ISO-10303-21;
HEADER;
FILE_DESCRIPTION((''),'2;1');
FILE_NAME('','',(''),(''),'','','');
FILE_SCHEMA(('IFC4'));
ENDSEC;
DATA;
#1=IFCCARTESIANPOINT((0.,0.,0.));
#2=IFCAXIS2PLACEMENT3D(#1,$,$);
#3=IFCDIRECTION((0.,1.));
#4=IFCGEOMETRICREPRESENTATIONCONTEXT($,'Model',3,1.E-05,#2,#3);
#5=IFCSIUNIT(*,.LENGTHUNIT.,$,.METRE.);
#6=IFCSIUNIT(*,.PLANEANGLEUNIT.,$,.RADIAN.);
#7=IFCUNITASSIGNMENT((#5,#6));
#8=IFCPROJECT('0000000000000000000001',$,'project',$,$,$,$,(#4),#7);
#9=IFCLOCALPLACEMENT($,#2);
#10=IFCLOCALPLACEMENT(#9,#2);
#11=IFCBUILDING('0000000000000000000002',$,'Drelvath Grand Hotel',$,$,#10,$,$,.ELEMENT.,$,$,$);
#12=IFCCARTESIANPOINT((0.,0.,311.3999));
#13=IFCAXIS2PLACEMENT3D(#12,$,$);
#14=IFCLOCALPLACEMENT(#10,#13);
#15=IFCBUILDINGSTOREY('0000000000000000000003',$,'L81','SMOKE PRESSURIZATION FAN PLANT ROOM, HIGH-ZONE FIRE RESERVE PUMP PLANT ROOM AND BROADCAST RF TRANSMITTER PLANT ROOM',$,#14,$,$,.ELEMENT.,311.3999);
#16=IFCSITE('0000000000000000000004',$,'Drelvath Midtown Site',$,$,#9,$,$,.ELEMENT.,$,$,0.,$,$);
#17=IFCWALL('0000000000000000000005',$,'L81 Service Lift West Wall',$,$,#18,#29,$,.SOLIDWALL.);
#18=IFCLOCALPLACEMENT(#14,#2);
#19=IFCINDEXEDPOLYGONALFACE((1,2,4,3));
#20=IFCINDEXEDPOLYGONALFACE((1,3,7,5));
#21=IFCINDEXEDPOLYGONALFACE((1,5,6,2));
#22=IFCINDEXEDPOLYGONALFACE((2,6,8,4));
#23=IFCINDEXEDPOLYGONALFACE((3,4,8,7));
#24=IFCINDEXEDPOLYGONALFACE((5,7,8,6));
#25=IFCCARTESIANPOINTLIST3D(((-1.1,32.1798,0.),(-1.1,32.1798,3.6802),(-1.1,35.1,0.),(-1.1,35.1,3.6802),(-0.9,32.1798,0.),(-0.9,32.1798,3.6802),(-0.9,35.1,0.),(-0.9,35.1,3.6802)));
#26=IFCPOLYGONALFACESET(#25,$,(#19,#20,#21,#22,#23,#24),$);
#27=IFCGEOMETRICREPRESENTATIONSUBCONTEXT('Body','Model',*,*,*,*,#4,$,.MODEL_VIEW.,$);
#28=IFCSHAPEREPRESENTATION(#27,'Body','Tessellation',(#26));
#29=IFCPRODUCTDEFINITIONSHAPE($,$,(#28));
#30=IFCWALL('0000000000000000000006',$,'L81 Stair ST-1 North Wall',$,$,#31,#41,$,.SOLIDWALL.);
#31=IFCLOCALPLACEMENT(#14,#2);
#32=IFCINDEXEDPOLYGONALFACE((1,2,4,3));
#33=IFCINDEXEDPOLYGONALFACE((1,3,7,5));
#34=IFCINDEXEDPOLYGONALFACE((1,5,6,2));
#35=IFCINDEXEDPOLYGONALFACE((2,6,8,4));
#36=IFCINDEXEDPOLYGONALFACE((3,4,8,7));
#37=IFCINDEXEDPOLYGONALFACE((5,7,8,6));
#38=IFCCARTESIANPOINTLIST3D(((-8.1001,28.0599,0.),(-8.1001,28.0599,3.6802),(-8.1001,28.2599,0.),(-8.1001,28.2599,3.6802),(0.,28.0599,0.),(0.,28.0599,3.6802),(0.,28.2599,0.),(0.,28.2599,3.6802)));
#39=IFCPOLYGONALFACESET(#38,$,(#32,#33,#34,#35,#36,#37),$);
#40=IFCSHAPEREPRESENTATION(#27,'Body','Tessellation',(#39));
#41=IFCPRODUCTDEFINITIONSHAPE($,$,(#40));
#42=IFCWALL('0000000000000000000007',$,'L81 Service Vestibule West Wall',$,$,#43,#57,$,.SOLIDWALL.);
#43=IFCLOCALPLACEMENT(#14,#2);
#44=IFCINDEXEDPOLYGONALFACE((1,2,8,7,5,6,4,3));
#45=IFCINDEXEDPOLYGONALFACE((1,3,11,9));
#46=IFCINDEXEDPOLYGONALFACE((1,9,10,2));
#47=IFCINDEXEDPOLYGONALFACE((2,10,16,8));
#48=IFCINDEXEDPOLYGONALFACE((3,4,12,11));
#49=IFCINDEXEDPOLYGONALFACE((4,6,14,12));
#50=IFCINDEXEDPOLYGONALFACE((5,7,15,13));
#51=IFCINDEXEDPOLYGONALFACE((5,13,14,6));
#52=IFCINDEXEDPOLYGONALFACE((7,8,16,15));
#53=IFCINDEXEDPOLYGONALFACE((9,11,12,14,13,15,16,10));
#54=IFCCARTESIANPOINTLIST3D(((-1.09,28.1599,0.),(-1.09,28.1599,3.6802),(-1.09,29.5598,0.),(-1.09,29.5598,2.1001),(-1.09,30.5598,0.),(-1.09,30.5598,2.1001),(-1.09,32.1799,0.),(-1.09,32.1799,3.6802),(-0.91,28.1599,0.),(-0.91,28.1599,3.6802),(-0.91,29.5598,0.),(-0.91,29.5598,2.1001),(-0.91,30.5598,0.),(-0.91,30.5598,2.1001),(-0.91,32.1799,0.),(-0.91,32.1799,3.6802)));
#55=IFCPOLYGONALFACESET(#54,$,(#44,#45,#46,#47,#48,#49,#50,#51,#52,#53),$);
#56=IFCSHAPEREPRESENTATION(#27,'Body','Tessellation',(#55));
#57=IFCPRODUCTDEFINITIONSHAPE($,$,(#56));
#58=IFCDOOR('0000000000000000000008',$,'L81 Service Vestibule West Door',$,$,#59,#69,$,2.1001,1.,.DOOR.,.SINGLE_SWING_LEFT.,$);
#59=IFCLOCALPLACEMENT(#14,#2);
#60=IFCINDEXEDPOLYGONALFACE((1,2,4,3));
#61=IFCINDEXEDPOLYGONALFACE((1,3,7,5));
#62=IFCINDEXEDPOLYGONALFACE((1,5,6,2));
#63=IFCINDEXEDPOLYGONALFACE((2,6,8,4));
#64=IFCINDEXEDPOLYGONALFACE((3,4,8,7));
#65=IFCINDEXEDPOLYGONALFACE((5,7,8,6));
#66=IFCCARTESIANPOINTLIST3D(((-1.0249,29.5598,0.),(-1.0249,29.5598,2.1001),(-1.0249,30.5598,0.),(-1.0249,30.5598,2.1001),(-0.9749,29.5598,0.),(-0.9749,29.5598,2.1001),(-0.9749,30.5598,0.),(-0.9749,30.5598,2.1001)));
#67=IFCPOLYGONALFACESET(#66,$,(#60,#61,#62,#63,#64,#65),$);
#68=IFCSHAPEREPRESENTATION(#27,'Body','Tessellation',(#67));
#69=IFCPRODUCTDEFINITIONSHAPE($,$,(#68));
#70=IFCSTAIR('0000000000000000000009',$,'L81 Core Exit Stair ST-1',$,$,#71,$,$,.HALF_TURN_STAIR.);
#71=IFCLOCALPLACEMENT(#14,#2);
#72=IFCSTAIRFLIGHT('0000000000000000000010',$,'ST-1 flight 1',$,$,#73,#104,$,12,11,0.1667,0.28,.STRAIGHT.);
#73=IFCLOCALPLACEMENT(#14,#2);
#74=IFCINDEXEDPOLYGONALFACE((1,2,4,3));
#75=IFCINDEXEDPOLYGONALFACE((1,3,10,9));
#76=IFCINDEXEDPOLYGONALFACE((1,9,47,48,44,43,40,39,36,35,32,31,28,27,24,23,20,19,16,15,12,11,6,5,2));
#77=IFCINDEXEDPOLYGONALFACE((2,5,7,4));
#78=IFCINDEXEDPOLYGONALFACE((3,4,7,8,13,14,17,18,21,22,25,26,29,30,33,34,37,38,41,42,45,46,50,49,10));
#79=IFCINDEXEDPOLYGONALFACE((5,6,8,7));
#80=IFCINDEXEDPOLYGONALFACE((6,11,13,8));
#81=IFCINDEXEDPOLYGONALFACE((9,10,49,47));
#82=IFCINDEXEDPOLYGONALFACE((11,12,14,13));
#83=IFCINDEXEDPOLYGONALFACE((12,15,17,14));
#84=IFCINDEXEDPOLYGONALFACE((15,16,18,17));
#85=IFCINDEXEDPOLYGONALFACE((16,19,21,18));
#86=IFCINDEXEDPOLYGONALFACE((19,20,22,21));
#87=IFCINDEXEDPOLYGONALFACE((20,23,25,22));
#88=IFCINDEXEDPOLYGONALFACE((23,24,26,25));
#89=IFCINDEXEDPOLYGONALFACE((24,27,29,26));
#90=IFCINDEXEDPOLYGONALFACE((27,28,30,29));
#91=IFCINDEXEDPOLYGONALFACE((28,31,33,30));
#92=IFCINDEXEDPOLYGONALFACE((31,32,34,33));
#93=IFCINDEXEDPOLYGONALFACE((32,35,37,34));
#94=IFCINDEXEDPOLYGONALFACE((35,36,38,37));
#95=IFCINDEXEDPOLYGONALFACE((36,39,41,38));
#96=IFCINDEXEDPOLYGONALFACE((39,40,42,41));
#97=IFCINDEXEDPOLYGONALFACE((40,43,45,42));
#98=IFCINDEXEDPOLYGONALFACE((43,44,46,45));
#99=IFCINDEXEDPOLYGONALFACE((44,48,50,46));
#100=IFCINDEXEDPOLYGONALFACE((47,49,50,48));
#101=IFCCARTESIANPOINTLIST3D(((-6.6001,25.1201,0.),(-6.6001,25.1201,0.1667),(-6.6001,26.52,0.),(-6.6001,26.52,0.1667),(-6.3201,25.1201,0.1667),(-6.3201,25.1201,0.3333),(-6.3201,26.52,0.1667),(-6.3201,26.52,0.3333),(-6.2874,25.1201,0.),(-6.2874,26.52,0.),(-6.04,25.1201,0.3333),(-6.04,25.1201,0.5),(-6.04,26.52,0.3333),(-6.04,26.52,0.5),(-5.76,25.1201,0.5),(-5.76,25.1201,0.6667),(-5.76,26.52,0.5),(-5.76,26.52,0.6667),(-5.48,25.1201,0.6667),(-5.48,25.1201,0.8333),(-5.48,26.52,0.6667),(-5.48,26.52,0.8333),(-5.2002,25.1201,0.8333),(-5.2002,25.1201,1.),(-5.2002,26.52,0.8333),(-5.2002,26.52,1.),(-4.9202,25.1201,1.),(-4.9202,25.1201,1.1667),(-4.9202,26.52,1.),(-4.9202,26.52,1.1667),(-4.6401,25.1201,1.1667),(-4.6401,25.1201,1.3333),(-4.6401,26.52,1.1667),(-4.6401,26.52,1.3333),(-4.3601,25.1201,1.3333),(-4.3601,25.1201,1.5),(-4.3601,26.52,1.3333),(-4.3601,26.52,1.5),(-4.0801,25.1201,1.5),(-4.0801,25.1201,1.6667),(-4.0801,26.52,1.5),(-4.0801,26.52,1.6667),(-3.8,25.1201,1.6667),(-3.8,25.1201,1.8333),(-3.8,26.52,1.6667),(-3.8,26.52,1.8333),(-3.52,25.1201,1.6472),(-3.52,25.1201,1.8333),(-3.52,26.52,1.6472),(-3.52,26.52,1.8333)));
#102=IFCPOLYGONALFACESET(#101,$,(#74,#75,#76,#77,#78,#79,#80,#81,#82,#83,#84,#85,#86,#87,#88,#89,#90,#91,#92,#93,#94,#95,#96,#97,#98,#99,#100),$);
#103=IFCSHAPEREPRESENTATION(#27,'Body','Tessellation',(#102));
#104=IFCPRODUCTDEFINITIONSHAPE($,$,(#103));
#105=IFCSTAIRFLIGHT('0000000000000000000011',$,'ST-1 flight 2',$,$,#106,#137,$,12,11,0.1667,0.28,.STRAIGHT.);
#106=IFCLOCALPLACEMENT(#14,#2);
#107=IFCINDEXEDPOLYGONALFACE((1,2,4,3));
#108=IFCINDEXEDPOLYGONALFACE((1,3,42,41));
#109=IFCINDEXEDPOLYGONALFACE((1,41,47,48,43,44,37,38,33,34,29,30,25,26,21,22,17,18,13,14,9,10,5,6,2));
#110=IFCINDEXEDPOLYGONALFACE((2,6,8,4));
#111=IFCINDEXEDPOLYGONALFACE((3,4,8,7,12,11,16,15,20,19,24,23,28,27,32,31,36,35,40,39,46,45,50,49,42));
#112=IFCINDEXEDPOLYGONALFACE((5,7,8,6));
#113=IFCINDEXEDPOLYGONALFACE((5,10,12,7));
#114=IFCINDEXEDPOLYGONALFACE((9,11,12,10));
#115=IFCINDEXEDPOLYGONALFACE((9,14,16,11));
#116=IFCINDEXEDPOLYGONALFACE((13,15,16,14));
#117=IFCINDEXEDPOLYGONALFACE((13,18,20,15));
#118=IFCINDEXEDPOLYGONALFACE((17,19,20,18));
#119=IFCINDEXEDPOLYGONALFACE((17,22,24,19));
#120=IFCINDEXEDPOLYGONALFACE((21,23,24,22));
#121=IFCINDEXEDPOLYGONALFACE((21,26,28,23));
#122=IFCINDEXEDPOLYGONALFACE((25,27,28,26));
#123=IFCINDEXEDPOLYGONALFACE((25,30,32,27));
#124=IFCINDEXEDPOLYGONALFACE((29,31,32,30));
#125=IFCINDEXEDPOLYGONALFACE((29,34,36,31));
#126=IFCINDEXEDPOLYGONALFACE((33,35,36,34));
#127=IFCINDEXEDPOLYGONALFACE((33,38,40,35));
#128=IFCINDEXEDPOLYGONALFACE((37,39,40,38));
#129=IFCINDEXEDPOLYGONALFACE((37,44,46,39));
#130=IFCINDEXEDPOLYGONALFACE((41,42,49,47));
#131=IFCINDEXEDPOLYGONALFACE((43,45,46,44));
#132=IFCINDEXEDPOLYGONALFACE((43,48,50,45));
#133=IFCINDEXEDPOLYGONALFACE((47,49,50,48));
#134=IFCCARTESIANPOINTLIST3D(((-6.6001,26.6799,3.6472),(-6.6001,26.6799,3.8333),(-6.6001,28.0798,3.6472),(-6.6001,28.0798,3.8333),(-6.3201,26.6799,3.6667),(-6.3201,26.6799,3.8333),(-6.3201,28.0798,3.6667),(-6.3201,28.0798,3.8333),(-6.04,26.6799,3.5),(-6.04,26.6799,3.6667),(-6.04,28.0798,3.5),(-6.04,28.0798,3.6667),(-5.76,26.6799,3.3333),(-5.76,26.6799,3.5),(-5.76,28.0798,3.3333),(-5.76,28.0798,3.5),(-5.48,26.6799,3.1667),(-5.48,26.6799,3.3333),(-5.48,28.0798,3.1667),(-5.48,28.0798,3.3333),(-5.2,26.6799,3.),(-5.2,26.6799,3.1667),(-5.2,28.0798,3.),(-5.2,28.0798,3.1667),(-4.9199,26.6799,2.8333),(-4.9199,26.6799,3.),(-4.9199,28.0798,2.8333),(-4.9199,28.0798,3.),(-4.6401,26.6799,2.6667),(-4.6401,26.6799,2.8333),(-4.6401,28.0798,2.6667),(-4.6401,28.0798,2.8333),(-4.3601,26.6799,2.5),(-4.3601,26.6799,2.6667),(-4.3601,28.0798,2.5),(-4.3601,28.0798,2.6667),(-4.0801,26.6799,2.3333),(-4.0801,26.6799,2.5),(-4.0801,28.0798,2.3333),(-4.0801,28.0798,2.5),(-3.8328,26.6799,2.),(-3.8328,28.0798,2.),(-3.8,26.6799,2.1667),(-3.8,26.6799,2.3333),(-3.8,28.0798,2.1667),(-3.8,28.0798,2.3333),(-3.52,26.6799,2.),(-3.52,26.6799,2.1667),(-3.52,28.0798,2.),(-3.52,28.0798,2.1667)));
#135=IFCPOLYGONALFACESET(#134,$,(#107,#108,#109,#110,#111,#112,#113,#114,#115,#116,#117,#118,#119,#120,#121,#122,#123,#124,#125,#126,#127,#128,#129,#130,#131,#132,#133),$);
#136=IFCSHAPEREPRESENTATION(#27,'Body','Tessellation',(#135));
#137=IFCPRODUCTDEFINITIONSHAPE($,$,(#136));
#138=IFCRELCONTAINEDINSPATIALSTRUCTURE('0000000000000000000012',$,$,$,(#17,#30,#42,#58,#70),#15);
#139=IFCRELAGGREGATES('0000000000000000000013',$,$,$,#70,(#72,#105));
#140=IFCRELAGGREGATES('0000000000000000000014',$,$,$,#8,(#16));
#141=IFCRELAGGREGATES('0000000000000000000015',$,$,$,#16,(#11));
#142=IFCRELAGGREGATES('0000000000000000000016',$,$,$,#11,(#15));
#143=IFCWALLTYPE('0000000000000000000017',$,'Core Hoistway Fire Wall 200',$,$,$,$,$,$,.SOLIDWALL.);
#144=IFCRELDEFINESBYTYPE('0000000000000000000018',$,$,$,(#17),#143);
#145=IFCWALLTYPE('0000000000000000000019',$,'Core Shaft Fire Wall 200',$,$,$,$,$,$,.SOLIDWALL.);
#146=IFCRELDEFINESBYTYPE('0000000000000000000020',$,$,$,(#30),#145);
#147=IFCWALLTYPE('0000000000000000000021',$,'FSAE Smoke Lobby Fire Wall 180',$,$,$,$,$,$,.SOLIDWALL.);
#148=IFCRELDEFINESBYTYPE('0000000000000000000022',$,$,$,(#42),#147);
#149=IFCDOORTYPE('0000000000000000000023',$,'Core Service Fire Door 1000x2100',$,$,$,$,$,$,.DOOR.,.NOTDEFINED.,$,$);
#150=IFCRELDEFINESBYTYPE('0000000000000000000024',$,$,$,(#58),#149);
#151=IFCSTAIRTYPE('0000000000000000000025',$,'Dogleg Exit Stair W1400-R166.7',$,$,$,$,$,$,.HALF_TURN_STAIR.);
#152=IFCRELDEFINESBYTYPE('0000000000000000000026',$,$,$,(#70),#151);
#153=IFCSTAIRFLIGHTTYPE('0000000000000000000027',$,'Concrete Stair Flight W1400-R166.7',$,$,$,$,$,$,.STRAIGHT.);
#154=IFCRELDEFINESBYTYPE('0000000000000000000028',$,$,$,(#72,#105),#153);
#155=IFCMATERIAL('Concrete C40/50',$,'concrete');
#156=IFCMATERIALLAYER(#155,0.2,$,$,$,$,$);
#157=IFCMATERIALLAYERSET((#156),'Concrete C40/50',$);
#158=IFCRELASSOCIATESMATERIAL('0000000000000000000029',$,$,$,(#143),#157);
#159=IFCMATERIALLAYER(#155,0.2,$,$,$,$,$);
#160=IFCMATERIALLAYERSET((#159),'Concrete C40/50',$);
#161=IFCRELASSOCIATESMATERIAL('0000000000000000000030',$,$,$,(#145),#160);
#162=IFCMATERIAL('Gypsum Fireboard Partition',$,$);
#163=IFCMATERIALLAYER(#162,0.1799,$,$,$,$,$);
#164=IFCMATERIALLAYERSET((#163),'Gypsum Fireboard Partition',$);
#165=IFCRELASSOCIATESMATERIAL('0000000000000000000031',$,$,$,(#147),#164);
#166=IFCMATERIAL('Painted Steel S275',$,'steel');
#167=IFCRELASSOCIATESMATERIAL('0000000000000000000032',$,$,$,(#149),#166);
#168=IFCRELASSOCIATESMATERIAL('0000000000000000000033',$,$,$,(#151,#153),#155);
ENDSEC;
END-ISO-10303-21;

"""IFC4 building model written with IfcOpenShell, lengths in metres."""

from ifc_helpers import new_model, si_unit, direction, frame, frame_2d, origin, place, context, subcontext, project, spatial, polyline, rectangle, outline, extrude, material, layer, layer_set, type_object, element, fill, aggregate, save


model = new_model("IFC4")

# Units and contexts
model_context = context("Model", 3, precision=1e-05, world=origin(), true_north=direction((0.0, 1.0)))
body_context = subcontext(model_context, "Body", "Model", "MODEL_VIEW")
ifc_project = project(units=[si_unit("LENGTHUNIT", "METRE"), si_unit("PLANEANGLEUNIT", "RADIAN")], contexts=[model_context])

# Site, building, storey
site_placement = place(None, origin())
site = spatial("IfcSite", under=ifc_project, at=site_placement, Name="Drelvath Midtown Site", CompositionType="ELEMENT", RefElevation=0.0)
building_placement = place(site_placement, origin())
building = spatial("IfcBuilding", under=site, at=building_placement, Name="Drelvath Grand Hotel", CompositionType="ELEMENT")
storey_placement = place(building_placement, frame((0.0, 0.0, 311.3999)))
storey = spatial("IfcBuildingStorey", under=building, at=storey_placement, Name="L81", Description="SMOKE PRESSURIZATION FAN PLANT ROOM, HIGH-ZONE FIRE RESERVE PUMP PLANT ROOM AND BROADCAST RF TRANSMITTER PLANT ROOM", CompositionType="ELEMENT", Elevation=311.3999)

# Shared definitions
ifc_material_1 = material(Name="Concrete C40/50", Category="concrete")
ifc_layer_1 = layer(ifc_material_1, 0.2)
ifc_layer_set_1 = layer_set([ifc_layer_1], Name="Concrete C40/50")
wall_type_1 = type_object("IfcWallType", Name="Core Hoistway Fire Wall 200", PredefinedType="SOLIDWALL", material=ifc_layer_set_1)

# Walls
wall_1_placement = place(storey_placement, frame((-1.0, 32.1799, 0.0), z_axis=(0.0, 0.0, 1.0), x_axis=(0.0, 1.0, 0.0)))
element("IfcWall", 1, at=wall_1_placement, inside=storey, type_object=wall_type_1, Name="L81 Service Lift West Wall", PredefinedType="SOLIDWALL", context=body_context, shape_type="SweptSolid", body=[
    extrude(rectangle(XDim=2.9202, YDim=0.2, at=frame_2d((1.46, 0.0))), origin(), (0.0, 0.0, 1.0), 3.6802),
])
ifc_layer_2 = layer(ifc_material_1, 0.2)
ifc_layer_set_2 = layer_set([ifc_layer_2], Name="Concrete C40/50")
wall_type_2 = type_object("IfcWallType", Name="Core Shaft Fire Wall 200", PredefinedType="SOLIDWALL", material=ifc_layer_set_2)
wall_2_placement = place(storey_placement, frame((-8.1001, 28.1599, 0.0), z_axis=(0.0, 0.0, 1.0), x_axis=(1.0, 0.0, 0.0)))
element("IfcWall", 2, at=wall_2_placement, inside=storey, type_object=wall_type_2, Name="L81 Stair ST-1 North Wall", PredefinedType="SOLIDWALL", context=body_context, shape_type="SweptSolid", body=[
    extrude(rectangle(XDim=8.1001, YDim=0.2, at=frame_2d((4.05, 0.0))), origin(), (0.0, 0.0, 1.0), 3.6802),
])

# Wall, opening, door
ifc_material_2 = material(Name="Gypsum Fireboard Partition")
ifc_layer_3 = layer(ifc_material_2, 0.1799)
ifc_layer_set_3 = layer_set([ifc_layer_3], Name="Gypsum Fireboard Partition")
wall_type_3 = type_object("IfcWallType", Name="FSAE Smoke Lobby Fire Wall 180", PredefinedType="SOLIDWALL", material=ifc_layer_set_3)
wall_3_placement = place(storey_placement, frame((-1.0, 28.1599, 0.0), z_axis=(0.0, 0.0, 1.0), x_axis=(0.0, 1.0, 0.0)))
wall_3 = element("IfcWall", 3, at=wall_3_placement, inside=storey, type_object=wall_type_3, Name="L81 Service Vestibule West Wall", PredefinedType="SOLIDWALL", context=body_context, shape_type="SweptSolid", body=[
    extrude(rectangle(XDim=4.02, YDim=0.1799, at=frame_2d((2.01, 0.0))), origin(), (0.0, 0.0, 1.0), 3.6802),
])
opening_1_placement = place(wall_3_placement, frame((1.3999, 0.0, 0.0)))
opening_1 = element("IfcOpeningElement", 4, at=opening_1_placement, cuts=wall_3, PredefinedType="OPENING", context=body_context, shape_type="SweptSolid", body=[
    extrude(rectangle(XDim=1.0, YDim=2.1001, at=frame_2d((0.5, 1.05))), frame((0.0, 0.0999, 0.0), z_axis=(0.0, -1.0, 0.0), x_axis=(1.0, 0.0, 0.0)), (0.0, 0.0, 1.0), 0.2),
])
ifc_material_3 = material(Name="Painted Steel S275", Category="steel")
door_type_1 = type_object("IfcDoorType", Name="Core Service Fire Door 1000x2100", OperationType="NOTDEFINED", PredefinedType="DOOR", material=ifc_material_3)
door_1_placement = place(opening_1_placement, origin())
door_1 = element("IfcDoor", 5, at=door_1_placement, inside=storey, type_object=door_type_1, Name="L81 Service Vestibule West Door", OperationType="SINGLE_SWING_LEFT", OverallHeight=2.1001, OverallWidth=1.0, PredefinedType="DOOR", context=body_context, shape_type="SweptSolid", body=[
    extrude(rectangle(XDim=1.0, YDim=2.1001, at=frame_2d((0.5, 1.05))), frame((0.0, 0.0249, 0.0), z_axis=(0.0, -1.0, 0.0), x_axis=(1.0, 0.0, 0.0)), (0.0, 0.0, 1.0), 0.05),
])
fill(opening_1, door_1)

# Stair, stair flights
stair_type = type_object("IfcStairType", Name="Dogleg Exit Stair W1400-R166.7", PredefinedType="HALF_TURN_STAIR", material=ifc_material_1)
stair_placement = place(storey_placement, origin())
stair = element("IfcStair", 6, at=stair_placement, inside=storey, type_object=stair_type, Name="L81 Core Exit Stair ST-1", PredefinedType="HALF_TURN_STAIR")
stair_flight_type = type_object("IfcStairFlightType", Name="Concrete Stair Flight W1400-R166.7", PredefinedType="STRAIGHT", material=ifc_material_1)
stair_flight_1_placement = place(storey_placement, frame((-6.6001, 25.8201, 0.0), z_axis=(0.0, 0.0, 1.0), x_axis=(1.0, 0.0, 0.0)))
stair_flight_1 = element("IfcStairFlight", 7, at=stair_flight_1_placement, type_object=stair_flight_type, Name="ST-1 flight 1", NumberOfRisers=12, NumberOfTreads=11, PredefinedType="STRAIGHT", RiserHeight=0.1667, TreadLength=0.28, context=body_context, shape_type="SweptSolid", body=[
    extrude(outline(polyline([(0.0, 0.0), (0.0, 0.1667), (0.28, 0.1667), (0.28, 0.3333), (0.5601, 0.3333), (0.5601, 0.5), (0.8401, 0.5), (0.8401, 0.6667), (1.1201, 0.6667), (1.1201, 0.8333), (1.3999, 0.8333), (1.3999, 1.0), (1.6799, 1.0), (1.6799, 1.1667), (1.96, 1.1667), (1.96, 1.3333), (2.24, 1.3333), (2.24, 1.5), (2.52, 1.5), (2.52, 1.6667), (2.8, 1.6667), (2.8, 1.8333), (3.0801, 1.8333), (3.0801, 2.0), (3.0801, 1.6472), (0.3127, 0.0), (0.0, 0.0)])), frame((0.0, 0.7, 0.0), z_axis=(0.0, -1.0, 0.0), x_axis=(1.0, 0.0, 0.0)), (0.0, 0.0, 1.0), 1.3999),
])
stair_flight_2_placement = place(storey_placement, frame((-3.52, 27.3799, 2.0), z_axis=(0.0, 0.0, 1.0), x_axis=(-1.0, 0.0, 0.0)))
stair_flight_2 = element("IfcStairFlight", 8, at=stair_flight_2_placement, type_object=stair_flight_type, Name="ST-1 flight 2", NumberOfRisers=12, NumberOfTreads=11, PredefinedType="STRAIGHT", RiserHeight=0.1667, TreadLength=0.28, context=body_context, shape_type="SweptSolid", body=[
    extrude(outline(polyline([(0.0, 0.0), (0.0, 0.1667), (0.28, 0.1667), (0.28, 0.3333), (0.5601, 0.3333), (0.5601, 0.5), (0.8401, 0.5), (0.8401, 0.6667), (1.1201, 0.6667), (1.1201, 0.8333), (1.3999, 0.8333), (1.3999, 1.0), (1.6799, 1.0), (1.6799, 1.1667), (1.96, 1.1667), (1.96, 1.3333), (2.24, 1.3333), (2.24, 1.5), (2.52, 1.5), (2.52, 1.6667), (2.8, 1.6667), (2.8, 1.8333), (3.0801, 1.8333), (3.0801, 2.0), (3.0801, 1.6472), (0.3127, 0.0), (0.0, 0.0)])), frame((0.0, 0.7, 0.0), z_axis=(0.0, -1.0, 0.0), x_axis=(1.0, 0.0, 0.0)), (0.0, 0.0, 1.0), 1.3999),
])
aggregate(stair, [stair_flight_1, stair_flight_2])

save(model, "model.ifc")
